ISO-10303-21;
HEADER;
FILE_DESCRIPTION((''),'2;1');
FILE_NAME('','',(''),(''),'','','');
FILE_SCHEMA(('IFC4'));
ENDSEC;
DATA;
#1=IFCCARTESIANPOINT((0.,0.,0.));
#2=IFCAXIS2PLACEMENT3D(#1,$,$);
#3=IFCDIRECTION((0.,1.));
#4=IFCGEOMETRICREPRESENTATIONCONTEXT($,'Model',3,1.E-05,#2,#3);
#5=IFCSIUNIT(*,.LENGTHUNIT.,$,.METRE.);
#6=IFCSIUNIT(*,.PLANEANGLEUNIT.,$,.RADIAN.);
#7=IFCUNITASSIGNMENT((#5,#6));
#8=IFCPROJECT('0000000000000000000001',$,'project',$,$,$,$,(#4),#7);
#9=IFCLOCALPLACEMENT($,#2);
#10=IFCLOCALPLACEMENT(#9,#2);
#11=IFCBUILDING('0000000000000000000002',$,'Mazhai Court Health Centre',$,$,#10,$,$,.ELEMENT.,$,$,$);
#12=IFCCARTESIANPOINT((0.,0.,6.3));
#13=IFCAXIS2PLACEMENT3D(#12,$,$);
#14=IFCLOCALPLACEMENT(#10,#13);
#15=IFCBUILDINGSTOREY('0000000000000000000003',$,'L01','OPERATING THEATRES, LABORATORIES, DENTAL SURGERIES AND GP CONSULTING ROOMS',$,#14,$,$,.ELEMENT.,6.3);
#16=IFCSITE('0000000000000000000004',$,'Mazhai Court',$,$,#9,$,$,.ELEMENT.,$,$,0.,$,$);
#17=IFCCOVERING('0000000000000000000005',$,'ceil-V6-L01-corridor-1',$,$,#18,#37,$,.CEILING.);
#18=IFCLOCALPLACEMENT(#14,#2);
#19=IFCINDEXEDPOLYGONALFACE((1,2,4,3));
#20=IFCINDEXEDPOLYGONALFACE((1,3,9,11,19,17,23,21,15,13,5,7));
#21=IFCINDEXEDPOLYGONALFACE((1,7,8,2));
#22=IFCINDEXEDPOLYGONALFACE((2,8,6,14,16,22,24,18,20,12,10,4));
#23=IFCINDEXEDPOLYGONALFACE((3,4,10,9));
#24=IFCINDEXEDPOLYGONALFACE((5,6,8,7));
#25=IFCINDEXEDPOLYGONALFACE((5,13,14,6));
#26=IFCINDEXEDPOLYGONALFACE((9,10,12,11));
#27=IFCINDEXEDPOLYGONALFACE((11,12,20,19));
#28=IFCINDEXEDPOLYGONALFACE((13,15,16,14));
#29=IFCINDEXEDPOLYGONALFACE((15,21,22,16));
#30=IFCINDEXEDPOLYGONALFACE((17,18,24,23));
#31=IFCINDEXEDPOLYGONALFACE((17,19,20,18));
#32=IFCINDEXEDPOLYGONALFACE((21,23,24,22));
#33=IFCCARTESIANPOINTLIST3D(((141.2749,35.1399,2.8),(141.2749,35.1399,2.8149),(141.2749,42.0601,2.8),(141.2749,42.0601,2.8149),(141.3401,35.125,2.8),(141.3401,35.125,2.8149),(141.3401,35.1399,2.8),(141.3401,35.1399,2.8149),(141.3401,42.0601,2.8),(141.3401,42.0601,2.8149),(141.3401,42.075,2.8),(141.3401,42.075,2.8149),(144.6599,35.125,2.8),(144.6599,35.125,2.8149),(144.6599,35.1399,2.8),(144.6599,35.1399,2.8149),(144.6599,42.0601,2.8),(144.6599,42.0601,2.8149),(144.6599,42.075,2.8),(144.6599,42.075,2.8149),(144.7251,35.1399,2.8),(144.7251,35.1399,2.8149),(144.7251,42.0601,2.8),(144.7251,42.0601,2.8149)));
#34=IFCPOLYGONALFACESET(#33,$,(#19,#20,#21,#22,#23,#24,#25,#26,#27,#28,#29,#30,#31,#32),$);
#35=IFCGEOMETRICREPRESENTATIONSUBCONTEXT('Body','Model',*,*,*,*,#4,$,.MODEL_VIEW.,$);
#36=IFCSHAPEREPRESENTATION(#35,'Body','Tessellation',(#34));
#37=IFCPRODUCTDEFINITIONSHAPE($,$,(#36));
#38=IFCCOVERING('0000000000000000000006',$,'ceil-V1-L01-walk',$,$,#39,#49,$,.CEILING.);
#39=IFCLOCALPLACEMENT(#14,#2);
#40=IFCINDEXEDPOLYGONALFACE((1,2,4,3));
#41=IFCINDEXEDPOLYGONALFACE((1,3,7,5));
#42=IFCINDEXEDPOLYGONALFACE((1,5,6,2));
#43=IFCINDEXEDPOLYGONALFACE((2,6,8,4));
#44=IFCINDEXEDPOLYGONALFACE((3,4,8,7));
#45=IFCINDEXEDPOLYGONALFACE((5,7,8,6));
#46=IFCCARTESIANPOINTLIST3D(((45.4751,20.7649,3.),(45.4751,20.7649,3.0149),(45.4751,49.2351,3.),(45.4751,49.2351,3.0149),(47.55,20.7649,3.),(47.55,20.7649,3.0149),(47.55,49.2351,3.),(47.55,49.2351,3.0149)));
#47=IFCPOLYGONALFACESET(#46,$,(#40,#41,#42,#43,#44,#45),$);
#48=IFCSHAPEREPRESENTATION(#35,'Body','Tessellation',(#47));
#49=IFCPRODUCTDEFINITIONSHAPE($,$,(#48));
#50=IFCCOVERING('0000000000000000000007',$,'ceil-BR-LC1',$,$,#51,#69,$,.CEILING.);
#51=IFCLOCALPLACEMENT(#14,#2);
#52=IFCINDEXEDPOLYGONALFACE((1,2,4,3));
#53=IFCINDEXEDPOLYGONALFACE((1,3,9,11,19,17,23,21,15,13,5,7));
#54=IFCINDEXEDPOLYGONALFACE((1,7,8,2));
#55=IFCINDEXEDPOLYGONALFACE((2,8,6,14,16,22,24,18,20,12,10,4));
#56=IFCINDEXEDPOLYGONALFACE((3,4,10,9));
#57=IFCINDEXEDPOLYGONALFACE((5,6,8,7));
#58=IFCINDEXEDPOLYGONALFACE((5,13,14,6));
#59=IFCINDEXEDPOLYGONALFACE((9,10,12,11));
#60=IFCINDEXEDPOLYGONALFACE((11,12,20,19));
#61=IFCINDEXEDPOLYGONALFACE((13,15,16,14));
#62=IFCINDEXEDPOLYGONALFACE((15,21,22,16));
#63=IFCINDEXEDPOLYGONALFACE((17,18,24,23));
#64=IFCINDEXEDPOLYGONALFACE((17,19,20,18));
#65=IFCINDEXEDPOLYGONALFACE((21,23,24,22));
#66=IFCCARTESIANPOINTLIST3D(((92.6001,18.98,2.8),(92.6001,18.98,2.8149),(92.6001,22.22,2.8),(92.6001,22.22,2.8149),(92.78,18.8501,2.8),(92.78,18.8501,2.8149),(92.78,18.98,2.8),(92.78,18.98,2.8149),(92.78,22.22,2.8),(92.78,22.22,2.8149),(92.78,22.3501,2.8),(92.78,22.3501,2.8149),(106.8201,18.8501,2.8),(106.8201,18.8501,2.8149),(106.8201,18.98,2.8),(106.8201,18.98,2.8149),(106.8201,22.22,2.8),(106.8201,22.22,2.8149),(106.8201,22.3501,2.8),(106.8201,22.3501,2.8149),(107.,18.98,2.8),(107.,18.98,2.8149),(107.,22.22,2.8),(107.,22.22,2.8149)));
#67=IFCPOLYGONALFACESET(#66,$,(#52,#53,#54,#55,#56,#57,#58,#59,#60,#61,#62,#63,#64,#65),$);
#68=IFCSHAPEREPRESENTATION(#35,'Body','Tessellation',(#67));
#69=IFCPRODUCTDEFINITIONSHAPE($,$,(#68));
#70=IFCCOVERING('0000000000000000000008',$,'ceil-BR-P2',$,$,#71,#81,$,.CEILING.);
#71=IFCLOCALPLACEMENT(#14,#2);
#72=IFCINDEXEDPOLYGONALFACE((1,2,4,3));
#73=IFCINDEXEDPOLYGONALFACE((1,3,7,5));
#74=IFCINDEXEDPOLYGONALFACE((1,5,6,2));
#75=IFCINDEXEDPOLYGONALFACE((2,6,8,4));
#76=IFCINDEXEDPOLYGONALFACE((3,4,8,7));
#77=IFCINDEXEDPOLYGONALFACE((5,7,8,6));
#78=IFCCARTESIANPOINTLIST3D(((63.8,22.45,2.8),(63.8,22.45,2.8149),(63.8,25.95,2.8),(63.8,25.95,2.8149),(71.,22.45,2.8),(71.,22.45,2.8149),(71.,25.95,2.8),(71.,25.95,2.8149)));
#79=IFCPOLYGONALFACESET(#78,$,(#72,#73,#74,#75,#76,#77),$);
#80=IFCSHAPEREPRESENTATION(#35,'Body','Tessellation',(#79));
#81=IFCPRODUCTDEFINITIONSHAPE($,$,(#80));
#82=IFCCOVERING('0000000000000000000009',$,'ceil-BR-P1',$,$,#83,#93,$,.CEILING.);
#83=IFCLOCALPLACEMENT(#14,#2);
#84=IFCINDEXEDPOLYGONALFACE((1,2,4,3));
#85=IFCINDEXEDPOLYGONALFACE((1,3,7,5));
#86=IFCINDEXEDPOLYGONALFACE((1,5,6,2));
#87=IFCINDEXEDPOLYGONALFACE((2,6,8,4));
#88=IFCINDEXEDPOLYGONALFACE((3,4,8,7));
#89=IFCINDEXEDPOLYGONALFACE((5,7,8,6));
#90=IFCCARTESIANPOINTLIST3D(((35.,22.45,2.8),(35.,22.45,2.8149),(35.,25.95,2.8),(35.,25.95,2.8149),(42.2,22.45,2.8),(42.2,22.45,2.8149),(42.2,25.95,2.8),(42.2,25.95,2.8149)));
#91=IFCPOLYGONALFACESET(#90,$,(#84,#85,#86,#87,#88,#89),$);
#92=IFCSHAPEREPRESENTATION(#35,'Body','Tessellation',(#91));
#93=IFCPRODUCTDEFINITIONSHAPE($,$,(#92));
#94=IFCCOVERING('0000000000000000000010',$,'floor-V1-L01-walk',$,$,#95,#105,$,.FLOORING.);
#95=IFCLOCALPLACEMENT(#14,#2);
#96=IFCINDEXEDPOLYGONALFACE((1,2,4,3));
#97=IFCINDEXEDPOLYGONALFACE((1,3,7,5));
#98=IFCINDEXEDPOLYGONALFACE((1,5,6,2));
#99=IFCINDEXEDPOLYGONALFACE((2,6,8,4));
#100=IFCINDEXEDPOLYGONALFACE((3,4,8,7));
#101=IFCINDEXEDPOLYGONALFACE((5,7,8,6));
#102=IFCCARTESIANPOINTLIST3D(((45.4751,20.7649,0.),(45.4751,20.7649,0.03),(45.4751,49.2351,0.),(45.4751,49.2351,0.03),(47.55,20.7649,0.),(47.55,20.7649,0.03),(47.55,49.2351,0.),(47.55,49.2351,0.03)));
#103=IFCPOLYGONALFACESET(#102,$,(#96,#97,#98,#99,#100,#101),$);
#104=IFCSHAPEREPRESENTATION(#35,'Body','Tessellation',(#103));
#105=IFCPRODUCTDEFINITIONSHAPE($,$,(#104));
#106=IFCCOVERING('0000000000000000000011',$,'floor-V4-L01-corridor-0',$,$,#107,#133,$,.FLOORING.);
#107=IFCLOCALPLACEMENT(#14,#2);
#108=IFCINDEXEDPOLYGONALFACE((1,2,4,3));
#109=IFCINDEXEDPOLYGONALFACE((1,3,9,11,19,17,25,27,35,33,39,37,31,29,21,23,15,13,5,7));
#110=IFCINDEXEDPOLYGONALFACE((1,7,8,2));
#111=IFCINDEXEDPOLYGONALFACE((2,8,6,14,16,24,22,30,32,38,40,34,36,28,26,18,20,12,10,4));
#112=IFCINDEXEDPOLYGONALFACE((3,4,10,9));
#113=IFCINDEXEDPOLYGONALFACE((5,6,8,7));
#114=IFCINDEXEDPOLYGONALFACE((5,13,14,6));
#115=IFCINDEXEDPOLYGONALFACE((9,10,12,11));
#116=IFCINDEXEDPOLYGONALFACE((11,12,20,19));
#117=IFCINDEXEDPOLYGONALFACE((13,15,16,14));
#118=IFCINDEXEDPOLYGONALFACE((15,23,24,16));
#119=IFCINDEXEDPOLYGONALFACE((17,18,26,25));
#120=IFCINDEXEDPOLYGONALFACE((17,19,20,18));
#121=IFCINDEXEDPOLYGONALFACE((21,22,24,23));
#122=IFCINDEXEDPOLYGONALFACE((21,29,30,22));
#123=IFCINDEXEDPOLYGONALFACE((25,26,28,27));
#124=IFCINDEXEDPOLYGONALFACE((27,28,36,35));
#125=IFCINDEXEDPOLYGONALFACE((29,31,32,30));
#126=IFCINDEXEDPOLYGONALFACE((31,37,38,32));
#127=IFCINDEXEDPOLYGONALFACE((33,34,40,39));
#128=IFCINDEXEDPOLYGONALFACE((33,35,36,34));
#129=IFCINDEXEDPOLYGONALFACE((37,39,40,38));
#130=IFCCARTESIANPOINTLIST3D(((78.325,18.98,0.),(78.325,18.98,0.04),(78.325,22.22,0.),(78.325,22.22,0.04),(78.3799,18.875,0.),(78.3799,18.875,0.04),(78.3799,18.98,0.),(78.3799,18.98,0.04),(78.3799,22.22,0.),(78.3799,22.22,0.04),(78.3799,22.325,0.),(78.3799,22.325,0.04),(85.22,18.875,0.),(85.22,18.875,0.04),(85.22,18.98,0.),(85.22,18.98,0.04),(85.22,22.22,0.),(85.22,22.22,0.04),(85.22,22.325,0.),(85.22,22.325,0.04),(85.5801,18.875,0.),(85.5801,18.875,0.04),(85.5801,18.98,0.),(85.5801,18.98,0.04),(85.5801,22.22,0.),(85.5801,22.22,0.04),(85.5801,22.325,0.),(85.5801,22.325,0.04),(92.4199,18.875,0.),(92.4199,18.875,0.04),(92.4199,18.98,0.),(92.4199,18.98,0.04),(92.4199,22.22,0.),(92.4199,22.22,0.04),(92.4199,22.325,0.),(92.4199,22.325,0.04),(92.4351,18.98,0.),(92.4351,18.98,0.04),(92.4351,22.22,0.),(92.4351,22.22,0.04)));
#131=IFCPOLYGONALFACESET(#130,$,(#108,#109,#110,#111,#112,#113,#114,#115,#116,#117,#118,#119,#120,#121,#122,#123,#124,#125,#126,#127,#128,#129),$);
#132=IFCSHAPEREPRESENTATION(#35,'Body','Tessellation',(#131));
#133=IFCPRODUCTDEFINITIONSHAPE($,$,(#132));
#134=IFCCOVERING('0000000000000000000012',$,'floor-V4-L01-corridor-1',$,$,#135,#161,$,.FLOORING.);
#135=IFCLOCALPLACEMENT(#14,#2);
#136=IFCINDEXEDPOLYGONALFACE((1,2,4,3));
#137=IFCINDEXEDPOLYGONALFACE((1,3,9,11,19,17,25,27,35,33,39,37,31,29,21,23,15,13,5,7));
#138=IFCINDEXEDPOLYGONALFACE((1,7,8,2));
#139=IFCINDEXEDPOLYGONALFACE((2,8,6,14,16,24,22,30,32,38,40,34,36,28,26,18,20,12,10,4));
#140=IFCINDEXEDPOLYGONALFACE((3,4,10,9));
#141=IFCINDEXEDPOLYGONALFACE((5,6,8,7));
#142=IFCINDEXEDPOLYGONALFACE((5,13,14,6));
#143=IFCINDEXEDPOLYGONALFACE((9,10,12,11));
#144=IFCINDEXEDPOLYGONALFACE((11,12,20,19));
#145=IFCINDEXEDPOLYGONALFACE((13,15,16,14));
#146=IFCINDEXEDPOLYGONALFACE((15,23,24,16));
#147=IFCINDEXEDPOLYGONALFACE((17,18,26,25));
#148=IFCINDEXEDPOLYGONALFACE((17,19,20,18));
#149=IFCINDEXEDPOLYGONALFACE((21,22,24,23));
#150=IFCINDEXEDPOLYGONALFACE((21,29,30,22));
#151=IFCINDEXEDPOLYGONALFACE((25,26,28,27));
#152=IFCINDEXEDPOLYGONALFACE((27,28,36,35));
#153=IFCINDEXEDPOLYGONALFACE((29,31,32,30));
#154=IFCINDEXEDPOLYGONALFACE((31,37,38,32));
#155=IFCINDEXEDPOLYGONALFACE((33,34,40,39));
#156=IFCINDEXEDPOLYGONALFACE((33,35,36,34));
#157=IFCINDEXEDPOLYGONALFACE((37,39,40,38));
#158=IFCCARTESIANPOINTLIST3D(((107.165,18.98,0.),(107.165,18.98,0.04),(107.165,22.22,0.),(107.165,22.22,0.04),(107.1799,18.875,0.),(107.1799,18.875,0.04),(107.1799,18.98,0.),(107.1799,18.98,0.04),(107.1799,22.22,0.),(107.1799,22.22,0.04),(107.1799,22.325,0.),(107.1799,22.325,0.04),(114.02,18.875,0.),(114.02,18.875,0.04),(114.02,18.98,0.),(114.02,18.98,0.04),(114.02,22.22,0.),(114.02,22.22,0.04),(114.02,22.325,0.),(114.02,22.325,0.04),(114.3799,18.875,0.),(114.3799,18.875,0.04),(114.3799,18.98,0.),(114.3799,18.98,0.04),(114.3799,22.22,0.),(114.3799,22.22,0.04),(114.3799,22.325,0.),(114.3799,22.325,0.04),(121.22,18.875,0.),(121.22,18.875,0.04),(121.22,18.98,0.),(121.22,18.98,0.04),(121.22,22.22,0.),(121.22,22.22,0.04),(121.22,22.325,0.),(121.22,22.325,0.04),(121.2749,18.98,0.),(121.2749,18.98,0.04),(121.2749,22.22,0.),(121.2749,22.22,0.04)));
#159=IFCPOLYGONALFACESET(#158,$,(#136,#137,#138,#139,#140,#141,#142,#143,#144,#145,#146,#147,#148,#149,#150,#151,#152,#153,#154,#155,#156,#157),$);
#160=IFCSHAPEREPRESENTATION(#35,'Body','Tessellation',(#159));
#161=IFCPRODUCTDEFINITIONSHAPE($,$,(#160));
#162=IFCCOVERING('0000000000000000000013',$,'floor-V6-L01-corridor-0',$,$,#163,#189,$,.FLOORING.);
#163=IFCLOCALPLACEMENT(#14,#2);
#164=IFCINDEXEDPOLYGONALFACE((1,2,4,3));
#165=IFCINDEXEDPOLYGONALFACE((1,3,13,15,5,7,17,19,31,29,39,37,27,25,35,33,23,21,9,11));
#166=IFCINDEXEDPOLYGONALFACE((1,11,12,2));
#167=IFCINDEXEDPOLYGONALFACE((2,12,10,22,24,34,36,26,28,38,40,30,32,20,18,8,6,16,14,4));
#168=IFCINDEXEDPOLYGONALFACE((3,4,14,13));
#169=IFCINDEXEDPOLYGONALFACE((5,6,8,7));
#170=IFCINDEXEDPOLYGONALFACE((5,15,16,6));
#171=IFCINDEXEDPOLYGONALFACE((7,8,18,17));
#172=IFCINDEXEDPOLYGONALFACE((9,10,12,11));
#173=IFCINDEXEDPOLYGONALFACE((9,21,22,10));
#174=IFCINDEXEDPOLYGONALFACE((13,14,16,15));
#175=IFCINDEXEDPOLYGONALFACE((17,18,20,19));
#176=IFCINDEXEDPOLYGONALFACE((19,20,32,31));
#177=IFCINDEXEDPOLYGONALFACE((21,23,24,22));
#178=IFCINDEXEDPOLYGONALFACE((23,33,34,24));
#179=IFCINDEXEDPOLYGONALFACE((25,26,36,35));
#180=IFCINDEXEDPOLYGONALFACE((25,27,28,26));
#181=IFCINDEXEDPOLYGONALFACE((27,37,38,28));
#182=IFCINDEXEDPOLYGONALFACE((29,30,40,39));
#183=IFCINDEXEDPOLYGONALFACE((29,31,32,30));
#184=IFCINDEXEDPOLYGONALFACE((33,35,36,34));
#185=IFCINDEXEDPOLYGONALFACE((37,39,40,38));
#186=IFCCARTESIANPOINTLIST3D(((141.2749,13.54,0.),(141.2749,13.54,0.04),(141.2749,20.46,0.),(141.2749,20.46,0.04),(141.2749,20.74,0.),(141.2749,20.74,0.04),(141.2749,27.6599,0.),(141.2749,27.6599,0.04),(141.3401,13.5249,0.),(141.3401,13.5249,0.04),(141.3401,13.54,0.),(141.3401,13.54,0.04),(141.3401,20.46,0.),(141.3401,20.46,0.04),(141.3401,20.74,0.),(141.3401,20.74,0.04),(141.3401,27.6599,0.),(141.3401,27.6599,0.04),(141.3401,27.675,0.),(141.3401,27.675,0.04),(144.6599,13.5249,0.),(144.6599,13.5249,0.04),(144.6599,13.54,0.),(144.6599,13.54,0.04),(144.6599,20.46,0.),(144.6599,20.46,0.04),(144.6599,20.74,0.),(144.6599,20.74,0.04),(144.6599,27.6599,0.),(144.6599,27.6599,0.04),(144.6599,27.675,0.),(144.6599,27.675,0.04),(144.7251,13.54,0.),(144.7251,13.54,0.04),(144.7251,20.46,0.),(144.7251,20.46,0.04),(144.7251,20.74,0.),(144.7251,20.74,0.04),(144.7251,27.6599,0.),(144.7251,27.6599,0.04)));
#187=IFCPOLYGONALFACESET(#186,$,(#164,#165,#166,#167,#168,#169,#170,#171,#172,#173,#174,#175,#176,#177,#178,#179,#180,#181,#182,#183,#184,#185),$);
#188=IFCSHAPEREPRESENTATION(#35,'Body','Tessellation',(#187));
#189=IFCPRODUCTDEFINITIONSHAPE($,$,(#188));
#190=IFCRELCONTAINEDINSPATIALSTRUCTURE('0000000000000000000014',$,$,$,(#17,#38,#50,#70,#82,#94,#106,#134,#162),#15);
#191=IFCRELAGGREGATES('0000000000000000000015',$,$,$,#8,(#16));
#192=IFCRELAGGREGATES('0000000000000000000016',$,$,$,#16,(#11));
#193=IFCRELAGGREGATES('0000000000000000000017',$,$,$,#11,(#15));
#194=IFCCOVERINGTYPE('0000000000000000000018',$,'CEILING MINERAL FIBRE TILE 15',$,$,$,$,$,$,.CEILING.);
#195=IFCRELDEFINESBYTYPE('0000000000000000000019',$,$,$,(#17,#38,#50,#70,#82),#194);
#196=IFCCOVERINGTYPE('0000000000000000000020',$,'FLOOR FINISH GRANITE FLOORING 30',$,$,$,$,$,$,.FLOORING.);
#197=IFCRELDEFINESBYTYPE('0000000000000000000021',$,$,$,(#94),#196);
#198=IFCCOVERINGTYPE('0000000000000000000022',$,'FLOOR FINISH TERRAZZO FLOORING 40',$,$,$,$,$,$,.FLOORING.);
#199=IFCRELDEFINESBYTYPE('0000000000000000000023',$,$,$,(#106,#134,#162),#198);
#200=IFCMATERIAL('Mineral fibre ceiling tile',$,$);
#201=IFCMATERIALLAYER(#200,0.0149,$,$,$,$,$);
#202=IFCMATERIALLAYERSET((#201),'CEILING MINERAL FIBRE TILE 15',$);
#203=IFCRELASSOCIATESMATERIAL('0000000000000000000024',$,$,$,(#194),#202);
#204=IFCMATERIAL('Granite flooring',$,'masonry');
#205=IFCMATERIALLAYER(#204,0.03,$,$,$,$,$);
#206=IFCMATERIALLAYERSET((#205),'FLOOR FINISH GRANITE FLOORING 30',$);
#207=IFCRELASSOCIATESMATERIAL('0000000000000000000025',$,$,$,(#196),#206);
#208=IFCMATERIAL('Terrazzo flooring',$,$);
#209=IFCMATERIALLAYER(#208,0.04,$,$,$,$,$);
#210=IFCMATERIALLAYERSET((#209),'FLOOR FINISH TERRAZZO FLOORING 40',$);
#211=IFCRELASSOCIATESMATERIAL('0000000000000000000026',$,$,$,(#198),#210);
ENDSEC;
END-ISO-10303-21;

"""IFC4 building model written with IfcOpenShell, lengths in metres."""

from ifc_helpers import new_model, si_unit, direction, frame, origin, place, context, subcontext, project, spatial, polyline, outline, extrude, material, layer, layer_set, type_object, element, save


model = new_model("IFC4")

# Units and contexts
model_context = context("Model", 3, precision=1e-05, world=origin(), true_north=direction((0.0, 1.0)))
body_context = subcontext(model_context, "Body", "Model", "MODEL_VIEW")
ifc_project = project(units=[si_unit("LENGTHUNIT", "METRE"), si_unit("PLANEANGLEUNIT", "RADIAN")], contexts=[model_context])

# Site, building, storey
site_placement = place(None, origin())
site = spatial("IfcSite", under=ifc_project, at=site_placement, Name="Mazhai Court", CompositionType="ELEMENT", RefElevation=0.0)
building_placement = place(site_placement, origin())
building = spatial("IfcBuilding", under=site, at=building_placement, Name="Mazhai Court Health Centre", CompositionType="ELEMENT")
storey_placement = place(building_placement, frame((0.0, 0.0, 6.3)))
storey = spatial("IfcBuildingStorey", under=building, at=storey_placement, Name="L01", Description="OPERATING THEATRES, LABORATORIES, DENTAL SURGERIES AND GP CONSULTING ROOMS", CompositionType="ELEMENT", Elevation=6.3)

# Coverings
ifc_material_1 = material(Name="Mineral fibre ceiling tile")
ifc_layer_1 = layer(ifc_material_1, 0.0149)
ifc_layer_set_1 = layer_set([ifc_layer_1], Name="CEILING MINERAL FIBRE TILE 15")
covering_type_1 = type_object("IfcCoveringType", Name="CEILING MINERAL FIBRE TILE 15", PredefinedType="CEILING", material=ifc_layer_set_1)
covering_1_placement = place(storey_placement, frame((0.0, 0.0, 2.8)))
element("IfcCovering", 1, at=covering_1_placement, inside=storey, type_object=covering_type_1, Name="ceil-V6-L01-corridor-1", PredefinedType="CEILING", context=body_context, shape_type="SweptSolid", body=[
    extrude(outline(polyline([(144.6599, 35.125), (144.6599, 35.1399), (144.7251, 35.1399), (144.7251, 42.0601), (144.6599, 42.0601), (144.6599, 42.075), (141.3401, 42.075), (141.3401, 42.0601), (141.2749, 42.0601), (141.2749, 35.1399), (141.3401, 35.1399), (141.3401, 35.125), (144.6599, 35.125)])), origin(), (0.0, 0.0, 1.0), 0.0149),
])
covering_2_placement = place(storey_placement, frame((0.0, 0.0, 3.0)))
element("IfcCovering", 2, at=covering_2_placement, inside=storey, type_object=covering_type_1, Name="ceil-V1-L01-walk", PredefinedType="CEILING", context=body_context, shape_type="SweptSolid", body=[
    extrude(outline(polyline([(45.4751, 49.2351), (45.4751, 20.7649), (47.55, 20.7649), (47.55, 49.2351), (45.4751, 49.2351)])), origin(), (0.0, 0.0, 1.0), 0.0149),
])
covering_3_placement = place(storey_placement, frame((0.0, 0.0, 2.8)))
element("IfcCovering", 3, at=covering_3_placement, inside=storey, type_object=covering_type_1, Name="ceil-BR-LC1", PredefinedType="CEILING", context=body_context, shape_type="SweptSolid", body=[
    extrude(outline(polyline([(107.0, 18.98), (106.8201, 18.98), (106.8201, 18.8501), (92.78, 18.8501), (92.78, 18.98), (92.6001, 18.98), (92.6001, 22.22), (92.78, 22.22), (92.78, 22.3501), (106.8201, 22.3501), (106.8201, 22.22), (107.0, 22.22), (107.0, 18.98)])), origin(), (0.0, 0.0, 1.0), 0.0149),
])
covering_4_placement = place(storey_placement, frame((0.0, 0.0, 2.8)))
element("IfcCovering", 4, at=covering_4_placement, inside=storey, type_object=covering_type_1, Name="ceil-BR-P2", PredefinedType="CEILING", context=body_context, shape_type="SweptSolid", body=[
    extrude(outline(polyline([(63.8, 22.45), (63.8, 25.95), (71.0, 25.95), (71.0, 22.45), (63.8, 22.45)])), origin(), (0.0, 0.0, 1.0), 0.0149),
])
covering_5_placement = place(storey_placement, frame((0.0, 0.0, 2.8)))
element("IfcCovering", 5, at=covering_5_placement, inside=storey, type_object=covering_type_1, Name="ceil-BR-P1", PredefinedType="CEILING", context=body_context, shape_type="SweptSolid", body=[
    extrude(outline(polyline([(35.0, 22.45), (35.0, 25.95), (42.2, 25.95), (42.2, 22.45), (35.0, 22.45)])), origin(), (0.0, 0.0, 1.0), 0.0149),
])
ifc_material_2 = material(Name="Granite flooring", Category="masonry")
ifc_layer_2 = layer(ifc_material_2, 0.03)
ifc_layer_set_2 = layer_set([ifc_layer_2], Name="FLOOR FINISH GRANITE FLOORING 30")
covering_type_2 = type_object("IfcCoveringType", Name="FLOOR FINISH GRANITE FLOORING 30", PredefinedType="FLOORING", material=ifc_layer_set_2)
covering_6_placement = place(storey_placement, origin())
element("IfcCovering", 6, at=covering_6_placement, inside=storey, type_object=covering_type_2, Name="floor-V1-L01-walk", PredefinedType="FLOORING", context=body_context, shape_type="SweptSolid", body=[
    extrude(outline(polyline([(45.4751, 49.2351), (45.4751, 20.7649), (47.55, 20.7649), (47.55, 49.2351), (45.4751, 49.2351)])), origin(), (0.0, 0.0, 1.0), 0.03),
])
ifc_material_3 = material(Name="Terrazzo flooring")
ifc_layer_3 = layer(ifc_material_3, 0.04)
ifc_layer_set_3 = layer_set([ifc_layer_3], Name="FLOOR FINISH TERRAZZO FLOORING 40")
covering_type_3 = type_object("IfcCoveringType", Name="FLOOR FINISH TERRAZZO FLOORING 40", PredefinedType="FLOORING", material=ifc_layer_set_3)
covering_7_placement = place(storey_placement, origin())
element("IfcCovering", 7, at=covering_7_placement, inside=storey, type_object=covering_type_3, Name="floor-V4-L01-corridor-0", PredefinedType="FLOORING", context=body_context, shape_type="SweptSolid", body=[
    extrude(outline(polyline([(92.4351, 22.22), (92.4199, 22.22), (92.4199, 22.325), (85.5801, 22.325), (85.5801, 22.22), (85.22, 22.22), (85.22, 22.325), (78.3799, 22.325), (78.3799, 22.22), (78.325, 22.22), (78.325, 18.98), (78.3799, 18.98), (78.3799, 18.875), (85.22, 18.875), (85.22, 18.98), (85.5801, 18.98), (85.5801, 18.875), (92.4199, 18.875), (92.4199, 18.98), (92.4351, 18.98), (92.4351, 22.22)])), origin(), (0.0, 0.0, 1.0), 0.04),
])
covering_8_placement = place(storey_placement, origin())
element("IfcCovering", 8, at=covering_8_placement, inside=storey, type_object=covering_type_3, Name="floor-V4-L01-corridor-1", PredefinedType="FLOORING", context=body_context, shape_type="SweptSolid", body=[
    extrude(outline(polyline([(121.2749, 22.22), (121.22, 22.22), (121.22, 22.325), (114.3799, 22.325), (114.3799, 22.22), (114.02, 22.22), (114.02, 22.325), (107.1799, 22.325), (107.1799, 22.22), (107.165, 22.22), (107.165, 18.98), (107.1799, 18.98), (107.1799, 18.875), (114.02, 18.875), (114.02, 18.98), (114.3799, 18.98), (114.3799, 18.875), (121.22, 18.875), (121.22, 18.98), (121.2749, 18.98), (121.2749, 22.22)])), origin(), (0.0, 0.0, 1.0), 0.04),
])
covering_9_placement = place(storey_placement, origin())
element("IfcCovering", 9, at=covering_9_placement, inside=storey, type_object=covering_type_3, Name="floor-V6-L01-corridor-0", PredefinedType="FLOORING", context=body_context, shape_type="SweptSolid", body=[
    extrude(outline(polyline([(144.6599, 13.5249), (144.6599, 13.54), (144.7251, 13.54), (144.7251, 20.46), (144.6599, 20.46), (144.6599, 20.74), (144.7251, 20.74), (144.7251, 27.6599), (144.6599, 27.6599), (144.6599, 27.675), (141.3401, 27.675), (141.3401, 27.6599), (141.2749, 27.6599), (141.2749, 20.74), (141.3401, 20.74), (141.3401, 20.46), (141.2749, 20.46), (141.2749, 13.54), (141.3401, 13.54), (141.3401, 13.5249), (144.6599, 13.5249)])), origin(), (0.0, 0.0, 1.0), 0.04),
])

save(model, "model.ifc")
